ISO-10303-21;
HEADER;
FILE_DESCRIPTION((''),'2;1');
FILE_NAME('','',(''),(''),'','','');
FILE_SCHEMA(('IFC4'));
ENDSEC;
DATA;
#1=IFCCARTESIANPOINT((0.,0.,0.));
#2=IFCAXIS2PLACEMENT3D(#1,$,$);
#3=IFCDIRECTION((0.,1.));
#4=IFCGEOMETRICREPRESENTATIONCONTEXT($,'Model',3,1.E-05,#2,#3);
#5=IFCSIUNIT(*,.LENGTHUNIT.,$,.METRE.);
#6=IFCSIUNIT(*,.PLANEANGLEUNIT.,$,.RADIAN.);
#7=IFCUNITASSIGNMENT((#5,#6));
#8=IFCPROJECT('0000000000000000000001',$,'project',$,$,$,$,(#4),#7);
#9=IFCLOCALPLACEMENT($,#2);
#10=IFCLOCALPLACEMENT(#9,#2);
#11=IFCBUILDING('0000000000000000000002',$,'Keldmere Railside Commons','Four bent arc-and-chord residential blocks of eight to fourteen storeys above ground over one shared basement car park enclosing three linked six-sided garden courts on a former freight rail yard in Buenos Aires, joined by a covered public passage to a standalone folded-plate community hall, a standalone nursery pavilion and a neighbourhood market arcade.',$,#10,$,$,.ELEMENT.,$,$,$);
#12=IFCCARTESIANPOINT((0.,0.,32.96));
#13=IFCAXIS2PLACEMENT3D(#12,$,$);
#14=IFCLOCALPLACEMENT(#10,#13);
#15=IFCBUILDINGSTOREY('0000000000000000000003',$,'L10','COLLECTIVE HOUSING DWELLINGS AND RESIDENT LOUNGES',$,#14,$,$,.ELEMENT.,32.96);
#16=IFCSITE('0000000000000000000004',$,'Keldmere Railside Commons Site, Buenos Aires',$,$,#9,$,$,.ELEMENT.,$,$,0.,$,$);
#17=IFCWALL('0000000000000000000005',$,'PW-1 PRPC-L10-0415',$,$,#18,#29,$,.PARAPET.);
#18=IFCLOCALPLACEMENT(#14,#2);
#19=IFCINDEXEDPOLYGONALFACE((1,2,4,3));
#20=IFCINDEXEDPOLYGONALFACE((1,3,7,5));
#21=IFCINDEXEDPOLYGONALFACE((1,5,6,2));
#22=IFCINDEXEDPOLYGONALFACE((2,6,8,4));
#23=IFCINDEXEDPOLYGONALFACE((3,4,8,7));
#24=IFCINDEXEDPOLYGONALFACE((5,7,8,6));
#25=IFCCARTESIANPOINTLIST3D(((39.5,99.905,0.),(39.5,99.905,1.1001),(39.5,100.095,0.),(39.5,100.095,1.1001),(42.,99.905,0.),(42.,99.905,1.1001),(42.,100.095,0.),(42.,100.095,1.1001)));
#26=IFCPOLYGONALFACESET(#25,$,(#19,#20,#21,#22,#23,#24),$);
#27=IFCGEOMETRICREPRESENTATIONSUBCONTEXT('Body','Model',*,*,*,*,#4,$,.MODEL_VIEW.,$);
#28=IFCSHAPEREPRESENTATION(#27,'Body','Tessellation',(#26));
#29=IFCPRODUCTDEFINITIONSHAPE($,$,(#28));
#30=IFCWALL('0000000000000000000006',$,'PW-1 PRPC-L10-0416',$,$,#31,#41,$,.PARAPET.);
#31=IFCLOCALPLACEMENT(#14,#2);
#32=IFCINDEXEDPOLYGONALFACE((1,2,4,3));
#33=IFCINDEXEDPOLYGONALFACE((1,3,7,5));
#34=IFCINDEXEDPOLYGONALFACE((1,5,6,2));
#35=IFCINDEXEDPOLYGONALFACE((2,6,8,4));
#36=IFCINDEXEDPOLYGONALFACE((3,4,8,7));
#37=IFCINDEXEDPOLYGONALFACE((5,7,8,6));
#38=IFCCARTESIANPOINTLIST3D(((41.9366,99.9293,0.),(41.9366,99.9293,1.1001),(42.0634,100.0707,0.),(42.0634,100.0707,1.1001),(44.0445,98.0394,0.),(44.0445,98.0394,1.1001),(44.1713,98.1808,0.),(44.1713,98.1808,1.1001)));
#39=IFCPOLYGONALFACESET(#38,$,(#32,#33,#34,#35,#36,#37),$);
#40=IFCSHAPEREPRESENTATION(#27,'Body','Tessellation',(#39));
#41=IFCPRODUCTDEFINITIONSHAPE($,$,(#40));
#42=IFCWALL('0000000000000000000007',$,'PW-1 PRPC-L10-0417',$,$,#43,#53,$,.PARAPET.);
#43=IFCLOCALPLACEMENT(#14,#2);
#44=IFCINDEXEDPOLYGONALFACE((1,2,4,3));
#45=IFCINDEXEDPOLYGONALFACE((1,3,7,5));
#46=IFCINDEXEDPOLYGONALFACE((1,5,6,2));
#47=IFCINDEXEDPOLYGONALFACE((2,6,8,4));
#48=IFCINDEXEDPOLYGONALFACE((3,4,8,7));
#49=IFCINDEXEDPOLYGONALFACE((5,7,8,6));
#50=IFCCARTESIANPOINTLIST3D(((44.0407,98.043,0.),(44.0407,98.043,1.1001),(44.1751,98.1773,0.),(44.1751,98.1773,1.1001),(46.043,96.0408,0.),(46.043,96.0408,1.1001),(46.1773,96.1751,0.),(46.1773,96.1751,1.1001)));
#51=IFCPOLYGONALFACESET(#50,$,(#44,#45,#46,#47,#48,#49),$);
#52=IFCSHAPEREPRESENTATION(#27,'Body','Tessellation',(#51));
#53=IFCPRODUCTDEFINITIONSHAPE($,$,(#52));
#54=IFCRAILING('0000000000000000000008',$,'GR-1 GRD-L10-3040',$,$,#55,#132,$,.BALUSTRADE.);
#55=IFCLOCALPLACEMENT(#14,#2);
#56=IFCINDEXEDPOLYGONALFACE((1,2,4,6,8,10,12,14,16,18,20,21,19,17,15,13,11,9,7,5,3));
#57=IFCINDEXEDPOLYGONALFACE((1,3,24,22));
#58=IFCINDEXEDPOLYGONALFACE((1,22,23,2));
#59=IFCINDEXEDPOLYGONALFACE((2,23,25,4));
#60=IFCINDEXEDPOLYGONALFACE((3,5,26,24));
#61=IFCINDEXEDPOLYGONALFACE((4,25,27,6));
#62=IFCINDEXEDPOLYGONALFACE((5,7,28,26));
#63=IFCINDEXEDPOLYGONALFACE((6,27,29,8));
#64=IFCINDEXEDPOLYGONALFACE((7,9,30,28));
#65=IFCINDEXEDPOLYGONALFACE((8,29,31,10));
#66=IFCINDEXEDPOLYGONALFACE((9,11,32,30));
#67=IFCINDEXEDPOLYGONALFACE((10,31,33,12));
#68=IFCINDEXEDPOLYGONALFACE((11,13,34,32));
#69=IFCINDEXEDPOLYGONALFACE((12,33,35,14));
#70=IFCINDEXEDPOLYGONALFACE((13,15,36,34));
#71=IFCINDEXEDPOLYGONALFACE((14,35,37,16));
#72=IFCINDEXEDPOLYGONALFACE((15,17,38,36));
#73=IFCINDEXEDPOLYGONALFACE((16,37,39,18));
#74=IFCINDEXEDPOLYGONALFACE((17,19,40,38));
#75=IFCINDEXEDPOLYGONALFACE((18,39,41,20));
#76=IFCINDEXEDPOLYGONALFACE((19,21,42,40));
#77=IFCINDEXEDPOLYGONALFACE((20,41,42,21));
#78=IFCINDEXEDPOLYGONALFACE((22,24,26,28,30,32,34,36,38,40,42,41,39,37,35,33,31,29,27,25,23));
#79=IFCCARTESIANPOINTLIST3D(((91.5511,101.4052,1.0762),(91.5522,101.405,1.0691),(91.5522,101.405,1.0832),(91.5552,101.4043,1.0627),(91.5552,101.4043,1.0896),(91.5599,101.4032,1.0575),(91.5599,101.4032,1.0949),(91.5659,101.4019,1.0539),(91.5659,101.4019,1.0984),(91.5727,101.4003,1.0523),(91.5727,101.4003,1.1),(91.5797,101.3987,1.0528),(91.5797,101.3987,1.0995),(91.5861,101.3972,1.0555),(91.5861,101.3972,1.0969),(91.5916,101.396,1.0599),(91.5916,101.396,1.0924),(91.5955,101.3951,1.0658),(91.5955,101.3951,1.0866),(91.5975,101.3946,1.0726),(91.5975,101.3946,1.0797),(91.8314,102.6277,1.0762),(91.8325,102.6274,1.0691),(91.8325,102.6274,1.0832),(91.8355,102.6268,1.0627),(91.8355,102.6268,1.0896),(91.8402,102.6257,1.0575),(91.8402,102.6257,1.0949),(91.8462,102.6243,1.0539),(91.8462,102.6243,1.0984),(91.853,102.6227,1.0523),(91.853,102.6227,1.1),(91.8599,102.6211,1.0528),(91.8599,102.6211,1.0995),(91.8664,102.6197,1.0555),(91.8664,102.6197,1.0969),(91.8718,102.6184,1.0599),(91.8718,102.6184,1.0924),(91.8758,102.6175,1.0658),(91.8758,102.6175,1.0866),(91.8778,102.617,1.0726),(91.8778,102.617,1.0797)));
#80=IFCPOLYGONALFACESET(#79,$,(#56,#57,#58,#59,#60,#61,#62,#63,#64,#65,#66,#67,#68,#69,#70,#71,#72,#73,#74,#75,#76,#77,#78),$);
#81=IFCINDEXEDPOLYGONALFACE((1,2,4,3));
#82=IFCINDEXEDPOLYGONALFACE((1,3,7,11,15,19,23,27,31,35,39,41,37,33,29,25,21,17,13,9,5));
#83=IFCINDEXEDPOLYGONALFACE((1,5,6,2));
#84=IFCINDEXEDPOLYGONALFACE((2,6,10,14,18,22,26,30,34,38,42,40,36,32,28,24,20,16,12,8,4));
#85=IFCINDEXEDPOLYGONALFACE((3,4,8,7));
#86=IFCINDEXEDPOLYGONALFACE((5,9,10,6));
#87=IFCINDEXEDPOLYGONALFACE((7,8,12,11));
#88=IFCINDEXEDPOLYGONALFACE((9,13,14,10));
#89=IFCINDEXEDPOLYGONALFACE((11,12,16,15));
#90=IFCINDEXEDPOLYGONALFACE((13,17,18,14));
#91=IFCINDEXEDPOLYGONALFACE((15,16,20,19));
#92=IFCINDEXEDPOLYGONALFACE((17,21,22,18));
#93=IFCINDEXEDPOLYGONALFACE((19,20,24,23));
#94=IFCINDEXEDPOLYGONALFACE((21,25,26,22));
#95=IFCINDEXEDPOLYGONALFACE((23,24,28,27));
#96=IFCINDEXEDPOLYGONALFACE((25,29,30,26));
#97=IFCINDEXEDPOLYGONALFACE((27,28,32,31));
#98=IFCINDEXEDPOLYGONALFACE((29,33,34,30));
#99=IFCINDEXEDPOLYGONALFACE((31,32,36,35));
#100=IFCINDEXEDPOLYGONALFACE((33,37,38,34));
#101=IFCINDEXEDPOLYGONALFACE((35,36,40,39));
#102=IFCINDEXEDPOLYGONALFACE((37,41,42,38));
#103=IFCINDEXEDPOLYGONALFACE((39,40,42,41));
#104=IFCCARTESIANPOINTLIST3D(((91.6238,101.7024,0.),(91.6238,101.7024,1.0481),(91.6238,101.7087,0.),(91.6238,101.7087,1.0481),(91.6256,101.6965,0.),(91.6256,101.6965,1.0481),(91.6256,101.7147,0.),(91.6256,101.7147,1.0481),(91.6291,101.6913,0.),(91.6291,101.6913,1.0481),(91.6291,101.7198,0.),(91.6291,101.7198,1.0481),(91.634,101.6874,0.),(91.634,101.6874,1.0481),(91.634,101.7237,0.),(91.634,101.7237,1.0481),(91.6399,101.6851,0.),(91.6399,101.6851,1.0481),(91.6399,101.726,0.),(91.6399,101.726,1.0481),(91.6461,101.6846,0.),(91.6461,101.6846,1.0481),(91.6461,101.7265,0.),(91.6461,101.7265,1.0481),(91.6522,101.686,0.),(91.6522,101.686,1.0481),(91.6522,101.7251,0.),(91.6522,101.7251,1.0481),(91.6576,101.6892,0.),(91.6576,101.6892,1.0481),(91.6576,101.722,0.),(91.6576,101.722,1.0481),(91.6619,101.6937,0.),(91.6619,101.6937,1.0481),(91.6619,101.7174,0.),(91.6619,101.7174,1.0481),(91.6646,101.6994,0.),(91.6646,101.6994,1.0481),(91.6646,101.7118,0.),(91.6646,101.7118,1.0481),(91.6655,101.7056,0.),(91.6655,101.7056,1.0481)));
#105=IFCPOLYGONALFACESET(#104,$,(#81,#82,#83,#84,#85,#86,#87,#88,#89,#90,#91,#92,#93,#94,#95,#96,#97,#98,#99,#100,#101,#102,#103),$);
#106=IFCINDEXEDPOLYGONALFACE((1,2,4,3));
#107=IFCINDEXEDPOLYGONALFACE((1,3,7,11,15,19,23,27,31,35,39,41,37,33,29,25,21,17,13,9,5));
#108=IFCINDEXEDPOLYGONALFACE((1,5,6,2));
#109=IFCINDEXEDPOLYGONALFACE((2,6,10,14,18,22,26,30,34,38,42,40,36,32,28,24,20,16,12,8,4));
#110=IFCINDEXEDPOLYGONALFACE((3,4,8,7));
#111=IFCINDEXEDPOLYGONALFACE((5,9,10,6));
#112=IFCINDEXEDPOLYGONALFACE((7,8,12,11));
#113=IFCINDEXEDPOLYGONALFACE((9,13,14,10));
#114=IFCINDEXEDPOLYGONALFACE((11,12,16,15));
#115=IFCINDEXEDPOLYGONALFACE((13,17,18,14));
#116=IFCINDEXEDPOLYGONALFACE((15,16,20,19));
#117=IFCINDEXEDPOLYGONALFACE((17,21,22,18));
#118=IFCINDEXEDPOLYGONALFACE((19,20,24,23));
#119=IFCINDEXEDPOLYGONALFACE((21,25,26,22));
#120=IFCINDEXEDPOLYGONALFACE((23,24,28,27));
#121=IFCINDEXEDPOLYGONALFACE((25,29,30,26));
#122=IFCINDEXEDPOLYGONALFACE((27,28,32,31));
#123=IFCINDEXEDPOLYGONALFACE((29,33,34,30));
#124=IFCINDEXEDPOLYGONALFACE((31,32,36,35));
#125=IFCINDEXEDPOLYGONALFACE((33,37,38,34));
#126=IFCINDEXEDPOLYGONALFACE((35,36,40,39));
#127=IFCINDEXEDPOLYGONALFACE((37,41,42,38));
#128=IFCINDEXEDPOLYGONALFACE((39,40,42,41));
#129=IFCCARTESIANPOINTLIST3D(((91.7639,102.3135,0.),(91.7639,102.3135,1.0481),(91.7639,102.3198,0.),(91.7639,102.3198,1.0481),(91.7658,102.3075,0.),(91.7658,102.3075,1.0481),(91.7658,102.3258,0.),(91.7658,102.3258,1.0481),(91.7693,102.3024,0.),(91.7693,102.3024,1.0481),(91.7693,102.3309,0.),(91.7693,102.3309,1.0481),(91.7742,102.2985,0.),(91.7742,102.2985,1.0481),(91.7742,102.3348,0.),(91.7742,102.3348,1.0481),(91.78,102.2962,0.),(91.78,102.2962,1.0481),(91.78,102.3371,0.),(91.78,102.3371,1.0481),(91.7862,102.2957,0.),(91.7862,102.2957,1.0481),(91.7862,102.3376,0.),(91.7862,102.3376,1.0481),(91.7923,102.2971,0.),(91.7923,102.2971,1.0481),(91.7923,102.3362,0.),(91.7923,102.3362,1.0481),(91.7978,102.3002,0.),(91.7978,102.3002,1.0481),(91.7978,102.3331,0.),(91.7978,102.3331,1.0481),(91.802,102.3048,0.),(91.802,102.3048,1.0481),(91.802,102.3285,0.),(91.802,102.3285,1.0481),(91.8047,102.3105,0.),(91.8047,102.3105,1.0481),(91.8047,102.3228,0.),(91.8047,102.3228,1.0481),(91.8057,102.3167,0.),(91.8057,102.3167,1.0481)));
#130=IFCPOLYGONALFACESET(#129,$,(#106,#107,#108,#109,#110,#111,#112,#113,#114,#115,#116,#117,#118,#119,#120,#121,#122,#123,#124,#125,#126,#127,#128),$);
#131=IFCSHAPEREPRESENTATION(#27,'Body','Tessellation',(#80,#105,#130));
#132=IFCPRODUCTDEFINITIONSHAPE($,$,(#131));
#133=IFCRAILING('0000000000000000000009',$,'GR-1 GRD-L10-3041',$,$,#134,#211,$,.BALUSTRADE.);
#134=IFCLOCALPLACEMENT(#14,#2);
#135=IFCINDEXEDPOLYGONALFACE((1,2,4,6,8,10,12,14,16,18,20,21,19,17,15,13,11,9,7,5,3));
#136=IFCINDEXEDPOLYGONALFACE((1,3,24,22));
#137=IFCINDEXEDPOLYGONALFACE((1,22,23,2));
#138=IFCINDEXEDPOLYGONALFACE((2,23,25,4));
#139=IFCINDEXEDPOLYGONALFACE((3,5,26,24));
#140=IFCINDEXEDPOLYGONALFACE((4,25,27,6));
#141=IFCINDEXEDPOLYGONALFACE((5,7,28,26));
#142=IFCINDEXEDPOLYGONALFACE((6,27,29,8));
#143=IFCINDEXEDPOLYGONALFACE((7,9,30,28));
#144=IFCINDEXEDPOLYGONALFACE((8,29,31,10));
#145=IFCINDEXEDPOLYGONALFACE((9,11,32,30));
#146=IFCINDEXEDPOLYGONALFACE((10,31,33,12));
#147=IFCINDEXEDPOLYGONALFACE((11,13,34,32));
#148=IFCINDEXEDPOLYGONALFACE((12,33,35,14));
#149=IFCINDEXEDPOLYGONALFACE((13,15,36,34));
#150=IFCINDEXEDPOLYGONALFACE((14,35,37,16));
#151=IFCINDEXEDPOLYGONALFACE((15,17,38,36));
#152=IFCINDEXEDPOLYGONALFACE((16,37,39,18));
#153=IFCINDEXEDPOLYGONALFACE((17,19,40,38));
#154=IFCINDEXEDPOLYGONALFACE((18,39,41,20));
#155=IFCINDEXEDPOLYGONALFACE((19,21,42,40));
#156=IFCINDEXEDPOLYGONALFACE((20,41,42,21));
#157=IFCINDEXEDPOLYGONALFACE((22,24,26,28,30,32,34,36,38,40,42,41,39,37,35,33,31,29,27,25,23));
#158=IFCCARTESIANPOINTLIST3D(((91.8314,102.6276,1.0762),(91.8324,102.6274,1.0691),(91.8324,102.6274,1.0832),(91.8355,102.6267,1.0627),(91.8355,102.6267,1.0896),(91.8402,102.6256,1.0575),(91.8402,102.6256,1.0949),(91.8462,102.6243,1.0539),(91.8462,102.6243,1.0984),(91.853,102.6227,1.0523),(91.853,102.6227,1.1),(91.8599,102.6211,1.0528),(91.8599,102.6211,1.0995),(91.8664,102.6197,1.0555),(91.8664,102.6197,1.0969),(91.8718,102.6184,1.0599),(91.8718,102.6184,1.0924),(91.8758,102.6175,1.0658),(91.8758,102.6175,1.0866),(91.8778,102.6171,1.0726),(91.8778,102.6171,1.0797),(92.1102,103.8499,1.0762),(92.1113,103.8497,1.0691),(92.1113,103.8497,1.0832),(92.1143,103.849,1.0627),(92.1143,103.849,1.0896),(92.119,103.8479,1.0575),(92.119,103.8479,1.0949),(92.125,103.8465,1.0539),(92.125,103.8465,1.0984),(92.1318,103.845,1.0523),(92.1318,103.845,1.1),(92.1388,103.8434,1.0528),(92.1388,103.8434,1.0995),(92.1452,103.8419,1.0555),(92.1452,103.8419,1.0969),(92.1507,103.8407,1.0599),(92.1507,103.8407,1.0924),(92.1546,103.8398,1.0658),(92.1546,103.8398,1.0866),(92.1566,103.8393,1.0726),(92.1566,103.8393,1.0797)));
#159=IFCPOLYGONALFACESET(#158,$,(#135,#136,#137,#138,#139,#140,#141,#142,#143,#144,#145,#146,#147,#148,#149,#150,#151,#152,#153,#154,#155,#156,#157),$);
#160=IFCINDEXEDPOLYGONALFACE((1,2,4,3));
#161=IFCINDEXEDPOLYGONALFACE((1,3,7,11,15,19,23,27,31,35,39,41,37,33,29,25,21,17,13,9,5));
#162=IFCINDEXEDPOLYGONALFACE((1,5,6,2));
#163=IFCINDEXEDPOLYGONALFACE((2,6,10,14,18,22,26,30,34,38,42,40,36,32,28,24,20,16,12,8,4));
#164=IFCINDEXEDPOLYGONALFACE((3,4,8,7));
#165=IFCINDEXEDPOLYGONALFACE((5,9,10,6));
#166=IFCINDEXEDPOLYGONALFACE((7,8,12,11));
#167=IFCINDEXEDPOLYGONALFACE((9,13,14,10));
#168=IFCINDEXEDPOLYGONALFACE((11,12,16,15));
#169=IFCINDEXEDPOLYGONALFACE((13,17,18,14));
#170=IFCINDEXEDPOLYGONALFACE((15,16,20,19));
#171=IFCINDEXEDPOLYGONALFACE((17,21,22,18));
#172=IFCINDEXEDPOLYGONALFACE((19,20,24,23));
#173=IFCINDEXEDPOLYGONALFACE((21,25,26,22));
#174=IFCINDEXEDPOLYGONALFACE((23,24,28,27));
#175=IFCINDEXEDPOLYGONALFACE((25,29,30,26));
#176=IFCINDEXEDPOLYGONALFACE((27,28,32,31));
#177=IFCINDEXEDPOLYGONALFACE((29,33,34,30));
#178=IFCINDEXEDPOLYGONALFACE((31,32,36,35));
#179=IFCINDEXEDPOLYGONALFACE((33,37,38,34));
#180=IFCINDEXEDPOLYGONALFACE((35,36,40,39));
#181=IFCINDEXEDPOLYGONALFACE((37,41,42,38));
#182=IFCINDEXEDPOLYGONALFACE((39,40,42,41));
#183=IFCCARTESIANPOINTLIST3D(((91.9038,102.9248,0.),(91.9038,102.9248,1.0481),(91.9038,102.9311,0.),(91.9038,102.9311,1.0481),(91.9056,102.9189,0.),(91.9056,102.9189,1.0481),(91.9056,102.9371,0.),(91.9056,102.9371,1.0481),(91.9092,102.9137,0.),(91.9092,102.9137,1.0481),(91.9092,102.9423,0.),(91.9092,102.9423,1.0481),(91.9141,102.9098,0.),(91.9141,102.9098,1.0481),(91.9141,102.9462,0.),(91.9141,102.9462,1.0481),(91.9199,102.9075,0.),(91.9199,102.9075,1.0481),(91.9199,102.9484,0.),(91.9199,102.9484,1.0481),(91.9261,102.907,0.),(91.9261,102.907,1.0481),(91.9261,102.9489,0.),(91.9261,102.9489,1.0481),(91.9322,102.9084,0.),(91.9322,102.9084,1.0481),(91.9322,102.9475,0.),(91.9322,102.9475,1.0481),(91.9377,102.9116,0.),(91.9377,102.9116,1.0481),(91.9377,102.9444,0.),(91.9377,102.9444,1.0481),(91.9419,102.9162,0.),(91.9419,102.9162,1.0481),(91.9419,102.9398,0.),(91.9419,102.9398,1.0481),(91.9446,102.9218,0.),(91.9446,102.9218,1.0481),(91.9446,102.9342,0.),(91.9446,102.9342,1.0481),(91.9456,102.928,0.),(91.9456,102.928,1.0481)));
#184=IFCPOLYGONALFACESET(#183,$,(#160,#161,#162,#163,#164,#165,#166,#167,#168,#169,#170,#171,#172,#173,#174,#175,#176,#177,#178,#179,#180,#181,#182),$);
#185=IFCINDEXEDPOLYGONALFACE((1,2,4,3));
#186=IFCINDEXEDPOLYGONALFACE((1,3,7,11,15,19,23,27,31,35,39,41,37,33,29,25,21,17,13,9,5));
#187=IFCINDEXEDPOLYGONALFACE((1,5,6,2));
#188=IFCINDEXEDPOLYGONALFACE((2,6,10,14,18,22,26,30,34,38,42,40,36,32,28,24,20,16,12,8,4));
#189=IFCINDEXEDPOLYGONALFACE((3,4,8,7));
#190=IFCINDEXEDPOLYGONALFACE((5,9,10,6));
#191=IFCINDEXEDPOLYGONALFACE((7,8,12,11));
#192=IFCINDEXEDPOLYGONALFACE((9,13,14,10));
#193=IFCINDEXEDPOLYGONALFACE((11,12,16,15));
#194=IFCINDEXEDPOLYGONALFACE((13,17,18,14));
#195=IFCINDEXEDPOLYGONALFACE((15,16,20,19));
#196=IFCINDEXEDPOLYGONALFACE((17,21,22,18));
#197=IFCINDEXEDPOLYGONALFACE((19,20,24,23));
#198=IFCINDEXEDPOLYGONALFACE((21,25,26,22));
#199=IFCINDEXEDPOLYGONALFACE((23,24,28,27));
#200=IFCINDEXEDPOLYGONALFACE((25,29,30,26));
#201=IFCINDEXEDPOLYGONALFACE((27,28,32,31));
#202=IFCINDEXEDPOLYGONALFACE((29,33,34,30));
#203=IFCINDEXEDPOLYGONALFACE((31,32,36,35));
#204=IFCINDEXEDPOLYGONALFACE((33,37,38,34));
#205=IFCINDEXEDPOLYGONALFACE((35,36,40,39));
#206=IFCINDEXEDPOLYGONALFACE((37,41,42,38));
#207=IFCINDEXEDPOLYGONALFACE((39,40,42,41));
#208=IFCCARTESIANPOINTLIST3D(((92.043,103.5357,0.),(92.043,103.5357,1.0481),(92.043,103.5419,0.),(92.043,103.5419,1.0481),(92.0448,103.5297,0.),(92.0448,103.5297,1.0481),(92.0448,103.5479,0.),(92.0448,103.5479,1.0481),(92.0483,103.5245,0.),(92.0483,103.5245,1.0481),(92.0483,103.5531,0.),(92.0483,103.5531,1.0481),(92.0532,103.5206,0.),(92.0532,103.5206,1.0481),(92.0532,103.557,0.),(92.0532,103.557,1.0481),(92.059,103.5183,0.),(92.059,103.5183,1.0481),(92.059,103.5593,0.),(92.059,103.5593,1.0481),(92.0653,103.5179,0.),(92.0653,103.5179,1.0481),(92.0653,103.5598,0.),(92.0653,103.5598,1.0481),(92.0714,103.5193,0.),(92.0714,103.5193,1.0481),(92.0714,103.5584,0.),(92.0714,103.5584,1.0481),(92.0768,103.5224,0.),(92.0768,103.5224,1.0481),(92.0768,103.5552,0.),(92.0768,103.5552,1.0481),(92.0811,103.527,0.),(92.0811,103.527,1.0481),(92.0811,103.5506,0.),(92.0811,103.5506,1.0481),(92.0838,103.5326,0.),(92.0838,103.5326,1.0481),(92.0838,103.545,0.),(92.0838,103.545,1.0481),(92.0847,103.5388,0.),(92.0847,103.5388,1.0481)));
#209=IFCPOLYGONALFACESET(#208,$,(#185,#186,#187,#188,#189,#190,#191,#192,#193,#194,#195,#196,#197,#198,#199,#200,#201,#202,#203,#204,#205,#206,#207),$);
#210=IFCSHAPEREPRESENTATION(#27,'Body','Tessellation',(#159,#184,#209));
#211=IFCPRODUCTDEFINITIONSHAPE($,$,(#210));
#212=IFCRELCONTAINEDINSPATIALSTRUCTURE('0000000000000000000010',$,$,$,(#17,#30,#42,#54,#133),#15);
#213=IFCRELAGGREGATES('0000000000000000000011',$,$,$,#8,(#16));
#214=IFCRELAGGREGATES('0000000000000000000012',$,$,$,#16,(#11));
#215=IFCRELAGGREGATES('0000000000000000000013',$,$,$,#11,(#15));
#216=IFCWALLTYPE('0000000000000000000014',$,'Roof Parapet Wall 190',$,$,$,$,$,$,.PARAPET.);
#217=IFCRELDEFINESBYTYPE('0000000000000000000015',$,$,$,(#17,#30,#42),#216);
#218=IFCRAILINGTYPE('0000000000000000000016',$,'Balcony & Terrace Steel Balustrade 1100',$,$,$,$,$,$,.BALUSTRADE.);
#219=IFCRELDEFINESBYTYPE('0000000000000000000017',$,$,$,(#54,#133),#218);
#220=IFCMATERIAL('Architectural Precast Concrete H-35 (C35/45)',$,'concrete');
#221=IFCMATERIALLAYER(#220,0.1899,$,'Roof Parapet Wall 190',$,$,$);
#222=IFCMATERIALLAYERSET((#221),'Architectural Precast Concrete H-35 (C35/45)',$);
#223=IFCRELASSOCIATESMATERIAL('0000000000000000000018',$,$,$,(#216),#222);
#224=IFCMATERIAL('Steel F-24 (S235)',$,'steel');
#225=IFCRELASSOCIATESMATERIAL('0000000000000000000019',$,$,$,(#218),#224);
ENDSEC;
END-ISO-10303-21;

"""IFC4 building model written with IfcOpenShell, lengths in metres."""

from ifc_helpers import new_model, si_unit, direction, frame, frame_2d, origin, origin_2d, place, context, subcontext, project, spatial, rectangle, circle, extrude, material, layer, layer_set, type_object, element, save


model = new_model("IFC4")

# Units and contexts
model_context = context("Model", 3, precision=1e-05, world=origin(), true_north=direction((0.0, 1.0)))
body_context = subcontext(model_context, "Body", "Model", "MODEL_VIEW")
ifc_project = project(units=[si_unit("LENGTHUNIT", "METRE"), si_unit("PLANEANGLEUNIT", "RADIAN")], contexts=[model_context])

# Site, building, storey
site_placement = place(None, origin())
site = spatial("IfcSite", under=ifc_project, at=site_placement, Name="Keldmere Railside Commons Site, Buenos Aires", CompositionType="ELEMENT", RefElevation=0.0)
building_placement = place(site_placement, origin())
building = spatial("IfcBuilding", under=site, at=building_placement, Name="Keldmere Railside Commons", Description="Four bent arc-and-chord residential blocks of eight to fourteen storeys above ground over one shared basement car park enclosing three linked six-sided garden courts on a former freight rail yard in Buenos Aires, joined by a covered public passage to a standalone folded-plate community hall, a standalone nursery pavilion and a neighbourhood market arcade.", CompositionType="ELEMENT")
storey_placement = place(building_placement, frame((0.0, 0.0, 32.96)))
storey = spatial("IfcBuildingStorey", under=building, at=storey_placement, Name="L10", Description="COLLECTIVE HOUSING DWELLINGS AND RESIDENT LOUNGES", CompositionType="ELEMENT", Elevation=32.96)

# Shared definitions
ifc_material_1 = material(Name="Steel F-24 (S235)", Category="steel")

# Walls
ifc_material_2 = material(Name="Architectural Precast Concrete H-35 (C35/45)", Category="concrete")
ifc_layer = layer(ifc_material_2, 0.1899, Name="Roof Parapet Wall 190")
ifc_layer_set = layer_set([ifc_layer], Name="Architectural Precast Concrete H-35 (C35/45)")
wall_type = type_object("IfcWallType", Name="Roof Parapet Wall 190", PredefinedType="PARAPET", material=ifc_layer_set)
wall_1_placement = place(storey_placement, frame((42.0, 100.0, 0.0), z_axis=(0.0, 0.0, 1.0), x_axis=(-1.0, 0.0, 0.0)))
element("IfcWall", 1, at=wall_1_placement, inside=storey, type_object=wall_type, Name="PW-1 PRPC-L10-0415", PredefinedType="PARAPET", context=body_context, shape_type="SweptSolid", body=[
    extrude(rectangle(XDim=2.5, YDim=0.1899, at=frame_2d((1.25, 0.0))), origin(), (0.0, 0.0, 1.0), 1.1001),
])
wall_2_placement = place(storey_placement, frame((44.1079, 98.1101, 0.0), z_axis=(0.0, 0.0, 1.0), x_axis=(-0.744562, 0.667553, 0.0)))
element("IfcWall", 2, at=wall_2_placement, inside=storey, type_object=wall_type, Name="PW-1 PRPC-L10-0416", PredefinedType="PARAPET", context=body_context, shape_type="SweptSolid", body=[
    extrude(rectangle(XDim=2.8311, YDim=0.1899, at=frame_2d((1.4155, 0.0))), origin(), (0.0, 0.0, 1.0), 1.1001),
])
wall_3_placement = place(storey_placement, frame((46.1101, 96.1079, 0.0), z_axis=(0.0, 0.0, 1.0), x_axis=(-0.707107, 0.707107, 0.0)))
element("IfcWall", 3, at=wall_3_placement, inside=storey, type_object=wall_type, Name="PW-1 PRPC-L10-0417", PredefinedType="PARAPET", context=body_context, shape_type="SweptSolid", body=[
    extrude(rectangle(XDim=2.8315, YDim=0.1899, at=frame_2d((1.4158, 0.0))), origin(), (0.0, 0.0, 1.0), 1.1001),
])

# Railings
railing_type = type_object("IfcRailingType", Name="Balcony & Terrace Steel Balustrade 1100", PredefinedType="BALUSTRADE", material=ifc_material_1)
railing_1_placement = place(storey_placement, frame((91.5745, 101.3999, 0.0)))
element("IfcRailing", 4, at=railing_1_placement, inside=storey, type_object=railing_type, Name="GR-1 GRD-L10-3040", PredefinedType="BALUSTRADE", context=body_context, shape_type="SweptSolid", body=[
    extrude(circle(Radius=0.0239, at=origin_2d()), frame((0.0, 0.0, 1.0762), z_axis=(0.22348, 0.974708, 0.0), x_axis=(-0.974708, 0.22348, 0.0)), (0.0, 0.0, 1.0), 1.2542),
    extrude(circle(Radius=0.021, at=origin_2d()), frame((0.0701, 0.3057, 0.0)), (0.0, 0.0, 1.0), 1.0481),
    extrude(circle(Radius=0.021, at=origin_2d()), frame((0.2102, 0.9167, 0.0)), (0.0, 0.0, 1.0), 1.0481),
])
railing_2_placement = place(storey_placement, frame((91.8547, 102.6223, 0.0)))
element("IfcRailing", 5, at=railing_2_placement, inside=storey, type_object=railing_type, Name="GR-1 GRD-L10-3041", PredefinedType="BALUSTRADE", context=body_context, shape_type="SweptSolid", body=[
    extrude(circle(Radius=0.0239, at=origin_2d()), frame((0.0, 0.0, 1.0762), z_axis=(0.222412, 0.974953, 0.0), x_axis=(-0.974953, 0.222412, 0.0)), (0.0, 0.0, 1.0), 1.2537),
    extrude(circle(Radius=0.021, at=origin_2d()), frame((0.0698, 0.3057, 0.0)), (0.0, 0.0, 1.0), 1.0481),
    extrude(circle(Radius=0.021, at=origin_2d()), frame((0.209, 0.9165, 0.0)), (0.0, 0.0, 1.0), 1.0481),
])

save(model, "model.ifc")
